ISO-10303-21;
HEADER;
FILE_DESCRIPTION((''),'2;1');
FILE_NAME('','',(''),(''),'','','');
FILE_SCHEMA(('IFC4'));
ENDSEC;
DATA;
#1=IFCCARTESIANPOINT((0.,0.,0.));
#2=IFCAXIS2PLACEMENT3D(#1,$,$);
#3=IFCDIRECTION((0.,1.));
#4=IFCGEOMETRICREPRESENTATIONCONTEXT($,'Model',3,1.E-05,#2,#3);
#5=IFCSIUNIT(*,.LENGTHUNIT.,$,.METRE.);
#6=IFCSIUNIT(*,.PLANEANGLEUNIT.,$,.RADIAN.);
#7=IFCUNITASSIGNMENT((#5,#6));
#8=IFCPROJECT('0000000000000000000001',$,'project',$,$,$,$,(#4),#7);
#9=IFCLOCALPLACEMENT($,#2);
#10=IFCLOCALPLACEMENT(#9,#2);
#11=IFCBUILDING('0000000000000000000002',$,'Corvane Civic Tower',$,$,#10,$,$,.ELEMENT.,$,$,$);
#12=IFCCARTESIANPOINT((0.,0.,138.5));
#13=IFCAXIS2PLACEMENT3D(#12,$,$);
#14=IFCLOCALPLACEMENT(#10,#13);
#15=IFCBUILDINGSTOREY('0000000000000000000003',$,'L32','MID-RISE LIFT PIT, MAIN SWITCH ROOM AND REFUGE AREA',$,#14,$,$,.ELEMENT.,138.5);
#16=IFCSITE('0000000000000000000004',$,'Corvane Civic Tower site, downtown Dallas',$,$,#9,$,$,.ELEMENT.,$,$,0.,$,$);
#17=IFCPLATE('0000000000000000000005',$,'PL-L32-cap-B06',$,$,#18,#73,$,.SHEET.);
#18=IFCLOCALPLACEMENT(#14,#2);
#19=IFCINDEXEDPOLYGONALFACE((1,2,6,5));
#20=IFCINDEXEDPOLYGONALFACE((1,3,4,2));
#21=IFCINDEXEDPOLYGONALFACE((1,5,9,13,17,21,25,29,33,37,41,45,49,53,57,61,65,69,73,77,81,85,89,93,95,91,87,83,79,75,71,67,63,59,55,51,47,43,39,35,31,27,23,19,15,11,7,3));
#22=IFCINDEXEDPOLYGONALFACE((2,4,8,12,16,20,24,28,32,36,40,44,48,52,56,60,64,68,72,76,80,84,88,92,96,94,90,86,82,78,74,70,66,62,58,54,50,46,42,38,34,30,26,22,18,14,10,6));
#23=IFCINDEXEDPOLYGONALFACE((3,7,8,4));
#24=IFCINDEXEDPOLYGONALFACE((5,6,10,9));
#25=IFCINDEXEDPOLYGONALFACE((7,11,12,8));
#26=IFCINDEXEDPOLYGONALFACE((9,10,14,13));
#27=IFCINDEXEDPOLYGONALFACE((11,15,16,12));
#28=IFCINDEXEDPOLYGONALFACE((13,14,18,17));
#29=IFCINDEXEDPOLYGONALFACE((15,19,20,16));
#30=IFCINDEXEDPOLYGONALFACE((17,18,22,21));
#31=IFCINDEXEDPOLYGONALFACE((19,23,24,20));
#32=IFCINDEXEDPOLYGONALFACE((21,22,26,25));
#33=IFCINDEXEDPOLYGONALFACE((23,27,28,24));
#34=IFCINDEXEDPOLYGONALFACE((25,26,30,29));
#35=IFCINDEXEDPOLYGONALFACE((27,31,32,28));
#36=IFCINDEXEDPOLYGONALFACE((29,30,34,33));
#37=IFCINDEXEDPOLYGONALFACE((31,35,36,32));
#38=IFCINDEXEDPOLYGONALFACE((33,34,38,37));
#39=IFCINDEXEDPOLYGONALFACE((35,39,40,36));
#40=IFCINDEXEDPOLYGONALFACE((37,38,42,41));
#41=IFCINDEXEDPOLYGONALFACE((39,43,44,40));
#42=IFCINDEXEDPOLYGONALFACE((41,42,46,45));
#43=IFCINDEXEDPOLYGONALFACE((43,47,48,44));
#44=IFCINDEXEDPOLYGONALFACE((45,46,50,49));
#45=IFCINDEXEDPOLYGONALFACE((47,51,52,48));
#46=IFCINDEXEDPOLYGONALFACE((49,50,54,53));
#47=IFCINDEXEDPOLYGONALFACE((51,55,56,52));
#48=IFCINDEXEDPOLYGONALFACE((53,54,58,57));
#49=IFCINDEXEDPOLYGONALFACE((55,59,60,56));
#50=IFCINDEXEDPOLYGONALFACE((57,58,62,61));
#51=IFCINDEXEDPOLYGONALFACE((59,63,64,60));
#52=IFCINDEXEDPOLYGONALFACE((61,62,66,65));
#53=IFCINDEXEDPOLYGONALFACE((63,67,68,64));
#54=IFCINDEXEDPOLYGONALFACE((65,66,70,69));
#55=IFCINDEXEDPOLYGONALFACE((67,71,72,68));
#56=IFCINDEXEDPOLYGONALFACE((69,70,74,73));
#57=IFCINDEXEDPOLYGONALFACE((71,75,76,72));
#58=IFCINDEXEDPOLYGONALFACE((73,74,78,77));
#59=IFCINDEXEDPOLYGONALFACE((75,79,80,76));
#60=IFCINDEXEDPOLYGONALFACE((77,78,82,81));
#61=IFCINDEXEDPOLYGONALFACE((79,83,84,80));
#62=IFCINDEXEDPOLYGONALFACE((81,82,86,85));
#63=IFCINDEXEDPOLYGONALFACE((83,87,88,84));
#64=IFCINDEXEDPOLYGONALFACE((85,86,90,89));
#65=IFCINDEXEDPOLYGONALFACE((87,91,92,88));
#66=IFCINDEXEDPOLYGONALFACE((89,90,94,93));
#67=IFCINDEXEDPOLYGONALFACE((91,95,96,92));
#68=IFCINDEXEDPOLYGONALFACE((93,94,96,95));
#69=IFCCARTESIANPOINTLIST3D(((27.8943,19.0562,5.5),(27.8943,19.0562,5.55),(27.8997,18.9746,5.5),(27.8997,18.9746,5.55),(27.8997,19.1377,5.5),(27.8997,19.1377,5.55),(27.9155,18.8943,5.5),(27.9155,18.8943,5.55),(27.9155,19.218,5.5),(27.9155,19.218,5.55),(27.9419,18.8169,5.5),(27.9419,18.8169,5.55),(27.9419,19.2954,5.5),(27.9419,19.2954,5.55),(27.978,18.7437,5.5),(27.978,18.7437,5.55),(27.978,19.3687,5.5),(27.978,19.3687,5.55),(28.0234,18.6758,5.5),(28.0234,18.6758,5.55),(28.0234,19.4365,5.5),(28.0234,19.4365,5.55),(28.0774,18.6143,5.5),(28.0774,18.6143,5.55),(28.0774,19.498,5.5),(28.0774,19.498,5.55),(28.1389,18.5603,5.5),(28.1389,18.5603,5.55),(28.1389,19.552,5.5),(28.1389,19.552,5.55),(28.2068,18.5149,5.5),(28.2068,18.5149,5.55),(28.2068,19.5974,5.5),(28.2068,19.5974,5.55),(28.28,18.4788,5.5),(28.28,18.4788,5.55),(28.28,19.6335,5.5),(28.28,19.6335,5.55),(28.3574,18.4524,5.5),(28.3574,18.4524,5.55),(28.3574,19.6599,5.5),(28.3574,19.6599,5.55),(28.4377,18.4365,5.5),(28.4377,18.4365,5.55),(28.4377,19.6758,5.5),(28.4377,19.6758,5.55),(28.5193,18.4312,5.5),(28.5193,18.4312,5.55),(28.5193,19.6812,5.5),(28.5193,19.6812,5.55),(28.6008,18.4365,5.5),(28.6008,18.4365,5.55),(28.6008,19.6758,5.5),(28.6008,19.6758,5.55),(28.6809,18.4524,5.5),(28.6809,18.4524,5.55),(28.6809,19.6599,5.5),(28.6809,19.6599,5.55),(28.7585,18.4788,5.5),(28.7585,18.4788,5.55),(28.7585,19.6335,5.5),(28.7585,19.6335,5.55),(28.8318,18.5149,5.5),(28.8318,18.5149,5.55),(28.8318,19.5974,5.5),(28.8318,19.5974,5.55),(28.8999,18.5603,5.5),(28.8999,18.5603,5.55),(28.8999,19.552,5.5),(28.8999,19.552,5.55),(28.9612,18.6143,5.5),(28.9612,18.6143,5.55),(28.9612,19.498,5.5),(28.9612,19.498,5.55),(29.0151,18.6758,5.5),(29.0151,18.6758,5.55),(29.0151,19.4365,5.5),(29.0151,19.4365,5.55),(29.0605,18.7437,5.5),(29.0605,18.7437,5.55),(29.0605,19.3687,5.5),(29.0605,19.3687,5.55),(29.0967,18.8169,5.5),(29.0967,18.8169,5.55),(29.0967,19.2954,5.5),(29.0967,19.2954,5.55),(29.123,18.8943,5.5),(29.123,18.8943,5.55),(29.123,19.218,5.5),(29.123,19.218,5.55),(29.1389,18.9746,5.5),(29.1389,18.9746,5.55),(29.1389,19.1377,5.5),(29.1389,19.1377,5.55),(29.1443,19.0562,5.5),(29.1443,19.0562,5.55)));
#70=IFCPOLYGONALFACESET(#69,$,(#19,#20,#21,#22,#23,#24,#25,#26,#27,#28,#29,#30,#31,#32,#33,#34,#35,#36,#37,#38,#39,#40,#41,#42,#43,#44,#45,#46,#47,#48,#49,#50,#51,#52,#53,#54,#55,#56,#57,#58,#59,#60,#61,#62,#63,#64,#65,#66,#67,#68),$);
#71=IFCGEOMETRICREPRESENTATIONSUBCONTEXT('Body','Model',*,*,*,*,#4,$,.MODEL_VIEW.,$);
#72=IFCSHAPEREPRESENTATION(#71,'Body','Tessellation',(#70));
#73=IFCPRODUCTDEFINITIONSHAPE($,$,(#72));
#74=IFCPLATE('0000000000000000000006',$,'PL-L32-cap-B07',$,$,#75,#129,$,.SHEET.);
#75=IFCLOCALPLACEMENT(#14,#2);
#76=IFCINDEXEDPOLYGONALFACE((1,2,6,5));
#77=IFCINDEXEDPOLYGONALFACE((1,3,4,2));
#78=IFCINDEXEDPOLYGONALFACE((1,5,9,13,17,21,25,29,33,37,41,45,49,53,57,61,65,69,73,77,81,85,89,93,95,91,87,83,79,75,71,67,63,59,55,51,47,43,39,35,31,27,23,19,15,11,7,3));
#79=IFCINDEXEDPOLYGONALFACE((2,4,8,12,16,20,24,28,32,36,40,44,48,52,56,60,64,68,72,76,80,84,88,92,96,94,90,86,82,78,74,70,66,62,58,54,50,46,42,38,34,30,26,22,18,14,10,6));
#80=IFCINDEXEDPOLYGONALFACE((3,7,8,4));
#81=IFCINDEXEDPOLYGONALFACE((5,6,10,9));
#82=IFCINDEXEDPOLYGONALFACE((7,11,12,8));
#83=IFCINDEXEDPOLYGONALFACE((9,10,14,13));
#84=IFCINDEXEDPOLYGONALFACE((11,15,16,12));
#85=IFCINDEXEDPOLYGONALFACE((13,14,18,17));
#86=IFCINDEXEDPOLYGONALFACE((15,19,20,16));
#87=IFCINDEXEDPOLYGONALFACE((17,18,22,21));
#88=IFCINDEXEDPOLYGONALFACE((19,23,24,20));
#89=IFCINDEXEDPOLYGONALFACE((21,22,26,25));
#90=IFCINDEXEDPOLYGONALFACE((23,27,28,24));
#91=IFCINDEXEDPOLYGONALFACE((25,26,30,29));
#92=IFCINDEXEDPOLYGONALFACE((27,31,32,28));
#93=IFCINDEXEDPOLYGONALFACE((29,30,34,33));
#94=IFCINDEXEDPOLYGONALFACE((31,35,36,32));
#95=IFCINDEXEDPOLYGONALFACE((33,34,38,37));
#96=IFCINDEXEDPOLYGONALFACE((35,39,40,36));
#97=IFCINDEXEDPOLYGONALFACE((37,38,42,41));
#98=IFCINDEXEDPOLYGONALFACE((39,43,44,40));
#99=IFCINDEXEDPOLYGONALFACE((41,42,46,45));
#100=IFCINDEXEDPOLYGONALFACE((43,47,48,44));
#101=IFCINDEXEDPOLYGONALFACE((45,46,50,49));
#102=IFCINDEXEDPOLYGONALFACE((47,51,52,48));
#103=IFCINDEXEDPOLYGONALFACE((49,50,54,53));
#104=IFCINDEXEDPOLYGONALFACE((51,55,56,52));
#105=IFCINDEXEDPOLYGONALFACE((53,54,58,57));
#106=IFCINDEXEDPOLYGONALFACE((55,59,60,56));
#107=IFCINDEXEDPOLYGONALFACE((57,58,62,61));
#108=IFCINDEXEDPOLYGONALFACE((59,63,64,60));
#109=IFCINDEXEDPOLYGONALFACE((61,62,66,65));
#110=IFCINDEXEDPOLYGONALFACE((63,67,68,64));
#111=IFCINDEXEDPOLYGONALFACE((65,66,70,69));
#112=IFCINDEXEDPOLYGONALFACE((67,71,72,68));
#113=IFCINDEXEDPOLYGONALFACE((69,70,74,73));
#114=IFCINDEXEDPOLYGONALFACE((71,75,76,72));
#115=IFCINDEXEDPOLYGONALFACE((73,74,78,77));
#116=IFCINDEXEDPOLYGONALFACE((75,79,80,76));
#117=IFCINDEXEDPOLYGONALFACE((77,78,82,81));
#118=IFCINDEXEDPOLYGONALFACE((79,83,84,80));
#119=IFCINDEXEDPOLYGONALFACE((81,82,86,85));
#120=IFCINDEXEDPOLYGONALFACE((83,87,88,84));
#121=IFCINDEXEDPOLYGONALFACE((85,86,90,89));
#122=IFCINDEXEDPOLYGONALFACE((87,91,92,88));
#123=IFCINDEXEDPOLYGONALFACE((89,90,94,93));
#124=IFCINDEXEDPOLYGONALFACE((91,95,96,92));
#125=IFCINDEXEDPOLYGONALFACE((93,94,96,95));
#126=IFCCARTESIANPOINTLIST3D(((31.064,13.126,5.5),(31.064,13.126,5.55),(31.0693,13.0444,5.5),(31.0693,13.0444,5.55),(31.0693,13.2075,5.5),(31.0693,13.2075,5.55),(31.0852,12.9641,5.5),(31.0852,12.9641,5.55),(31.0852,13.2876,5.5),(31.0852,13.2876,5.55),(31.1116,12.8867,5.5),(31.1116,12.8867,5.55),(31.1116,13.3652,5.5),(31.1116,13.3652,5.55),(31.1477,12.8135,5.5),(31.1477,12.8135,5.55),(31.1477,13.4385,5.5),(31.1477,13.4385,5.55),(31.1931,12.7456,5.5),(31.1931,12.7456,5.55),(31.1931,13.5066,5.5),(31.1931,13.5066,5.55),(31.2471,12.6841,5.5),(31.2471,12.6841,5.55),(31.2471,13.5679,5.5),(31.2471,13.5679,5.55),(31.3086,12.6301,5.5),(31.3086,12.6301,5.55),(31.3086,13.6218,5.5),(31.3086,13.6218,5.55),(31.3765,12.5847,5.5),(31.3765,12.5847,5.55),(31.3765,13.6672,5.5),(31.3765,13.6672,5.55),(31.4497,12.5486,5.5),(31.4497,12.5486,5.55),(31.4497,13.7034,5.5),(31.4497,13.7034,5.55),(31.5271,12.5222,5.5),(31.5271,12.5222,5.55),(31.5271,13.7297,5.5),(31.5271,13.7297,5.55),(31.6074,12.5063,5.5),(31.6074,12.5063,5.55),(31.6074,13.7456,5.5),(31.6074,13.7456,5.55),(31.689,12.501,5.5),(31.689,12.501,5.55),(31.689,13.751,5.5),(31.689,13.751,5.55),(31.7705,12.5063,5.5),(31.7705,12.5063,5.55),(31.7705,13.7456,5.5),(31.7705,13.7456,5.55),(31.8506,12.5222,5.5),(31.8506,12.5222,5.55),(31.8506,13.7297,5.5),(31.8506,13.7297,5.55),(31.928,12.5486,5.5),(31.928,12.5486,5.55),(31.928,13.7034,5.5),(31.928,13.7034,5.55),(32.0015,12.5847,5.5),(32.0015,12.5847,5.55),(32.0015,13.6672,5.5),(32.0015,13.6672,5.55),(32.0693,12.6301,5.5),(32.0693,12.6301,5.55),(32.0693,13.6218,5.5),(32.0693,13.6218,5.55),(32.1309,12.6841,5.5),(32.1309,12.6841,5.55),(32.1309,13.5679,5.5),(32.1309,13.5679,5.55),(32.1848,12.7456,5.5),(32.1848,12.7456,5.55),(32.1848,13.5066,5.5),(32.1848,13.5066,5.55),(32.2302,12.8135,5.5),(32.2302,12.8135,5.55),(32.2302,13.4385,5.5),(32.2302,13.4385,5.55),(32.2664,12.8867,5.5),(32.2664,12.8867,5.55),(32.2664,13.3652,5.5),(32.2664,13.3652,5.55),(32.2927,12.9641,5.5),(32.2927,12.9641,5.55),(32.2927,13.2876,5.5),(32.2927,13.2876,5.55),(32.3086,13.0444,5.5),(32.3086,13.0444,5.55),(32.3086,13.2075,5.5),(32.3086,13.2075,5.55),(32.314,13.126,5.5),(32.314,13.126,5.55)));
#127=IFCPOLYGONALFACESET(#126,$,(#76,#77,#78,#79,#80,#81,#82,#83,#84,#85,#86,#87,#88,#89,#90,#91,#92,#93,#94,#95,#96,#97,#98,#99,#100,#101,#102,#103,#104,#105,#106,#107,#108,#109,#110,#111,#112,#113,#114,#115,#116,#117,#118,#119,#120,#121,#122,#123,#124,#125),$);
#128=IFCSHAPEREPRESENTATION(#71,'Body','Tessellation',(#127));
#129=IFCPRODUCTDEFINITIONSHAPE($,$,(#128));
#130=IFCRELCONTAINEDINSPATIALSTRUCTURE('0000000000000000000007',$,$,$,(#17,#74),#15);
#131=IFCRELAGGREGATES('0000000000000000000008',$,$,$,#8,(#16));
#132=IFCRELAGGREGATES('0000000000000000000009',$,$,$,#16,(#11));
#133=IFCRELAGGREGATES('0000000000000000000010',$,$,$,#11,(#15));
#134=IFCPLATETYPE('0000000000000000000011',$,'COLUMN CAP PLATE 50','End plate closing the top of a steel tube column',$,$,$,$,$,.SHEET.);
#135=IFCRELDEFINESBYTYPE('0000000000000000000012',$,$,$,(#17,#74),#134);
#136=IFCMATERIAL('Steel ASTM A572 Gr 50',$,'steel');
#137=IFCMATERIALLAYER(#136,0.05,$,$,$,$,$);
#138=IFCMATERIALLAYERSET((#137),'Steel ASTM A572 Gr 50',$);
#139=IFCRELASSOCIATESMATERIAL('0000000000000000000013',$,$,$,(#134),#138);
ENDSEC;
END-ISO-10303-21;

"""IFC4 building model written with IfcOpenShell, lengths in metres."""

from ifc_helpers import new_model, si_unit, direction, frame, origin, place, context, subcontext, project, spatial, polyline, outline, extrude, material, layer, layer_set, type_object, element, save


model = new_model("IFC4")

# Units and contexts
model_context = context("Model", 3, precision=1e-05, world=origin(), true_north=direction((0.0, 1.0)))
body_context = subcontext(model_context, "Body", "Model", "MODEL_VIEW")
ifc_project = project(units=[si_unit("LENGTHUNIT", "METRE"), si_unit("PLANEANGLEUNIT", "RADIAN")], contexts=[model_context])

# Site, building, storey
site_placement = place(None, origin())
site = spatial("IfcSite", under=ifc_project, at=site_placement, Name="Corvane Civic Tower site, downtown Dallas", CompositionType="ELEMENT", RefElevation=0.0)
building_placement = place(site_placement, origin())
building = spatial("IfcBuilding", under=site, at=building_placement, Name="Corvane Civic Tower", CompositionType="ELEMENT")
storey_placement = place(building_placement, frame((0.0, 0.0, 138.5)))
storey = spatial("IfcBuildingStorey", under=building, at=storey_placement, Name="L32", Description="MID-RISE LIFT PIT, MAIN SWITCH ROOM AND REFUGE AREA", CompositionType="ELEMENT", Elevation=138.5)

# Plates
ifc_material_1 = material(Name="Steel ASTM A572 Gr 50", Category="steel")
ifc_layer_1 = layer(ifc_material_1, 0.05)
ifc_layer_set_1 = layer_set([ifc_layer_1], Name="Steel ASTM A572 Gr 50")
plate_type = type_object("IfcPlateType", Name="COLUMN CAP PLATE 50", Description="End plate closing the top of a steel tube column", PredefinedType="SHEET", material=ifc_layer_set_1)
plate_1_placement = place(storey_placement, frame((0.0, 0.0, 5.5)))
element("IfcPlate", 1, at=plate_1_placement, inside=storey, type_object=plate_type, Name="PL-L32-cap-B06", PredefinedType="SHEET", context=body_context, shape_type="SweptSolid", body=[
    extrude(outline(polyline([(29.1443, 19.0562), (29.1389, 19.1377), (29.123, 19.218), (29.0967, 19.2954), (29.0605, 19.3687), (29.0151, 19.4365), (28.9612, 19.498), (28.8999, 19.552), (28.8318, 19.5974), (28.7585, 19.6335), (28.6809, 19.6599), (28.6008, 19.6758), (28.5193, 19.6812), (28.4377, 19.6758), (28.3574, 19.6599), (28.28, 19.6335), (28.2068, 19.5974), (28.1389, 19.552), (28.0774, 19.498), (28.0234, 19.4365), (27.978, 19.3687), (27.9419, 19.2954), (27.9155, 19.218), (27.8997, 19.1377), (27.8943, 19.0562), (27.8997, 18.9746), (27.9155, 18.8943), (27.9419, 18.8169), (27.978, 18.7437), (28.0234, 18.6758), (28.0774, 18.6143), (28.1389, 18.5603), (28.2068, 18.5149), (28.28, 18.4788), (28.3574, 18.4524), (28.4377, 18.4365), (28.5193, 18.4312), (28.6008, 18.4365), (28.6809, 18.4524), (28.7585, 18.4788), (28.8318, 18.5149), (28.8999, 18.5603), (28.9612, 18.6143), (29.0151, 18.6758), (29.0605, 18.7437), (29.0967, 18.8169), (29.123, 18.8943), (29.1389, 18.9746), (29.1443, 19.0562)])), origin(), (0.0, 0.0, 1.0), 0.05),
])
plate_2_placement = place(storey_placement, frame((0.0, 0.0, 5.5)))
element("IfcPlate", 2, at=plate_2_placement, inside=storey, type_object=plate_type, Name="PL-L32-cap-B07", PredefinedType="SHEET", context=body_context, shape_type="SweptSolid", body=[
    extrude(outline(polyline([(32.314, 13.126), (32.3086, 13.2075), (32.2927, 13.2876), (32.2664, 13.3652), (32.2302, 13.4385), (32.1848, 13.5066), (32.1309, 13.5679), (32.0693, 13.6218), (32.0015, 13.6672), (31.928, 13.7034), (31.8506, 13.7297), (31.7705, 13.7456), (31.689, 13.751), (31.6074, 13.7456), (31.5271, 13.7297), (31.4497, 13.7034), (31.3765, 13.6672), (31.3086, 13.6218), (31.2471, 13.5679), (31.1931, 13.5066), (31.1477, 13.4385), (31.1116, 13.3652), (31.0852, 13.2876), (31.0693, 13.2075), (31.064, 13.126), (31.0693, 13.0444), (31.0852, 12.9641), (31.1116, 12.8867), (31.1477, 12.8135), (31.1931, 12.7456), (31.2471, 12.6841), (31.3086, 12.6301), (31.3765, 12.5847), (31.4497, 12.5486), (31.5271, 12.5222), (31.6074, 12.5063), (31.689, 12.501), (31.7705, 12.5063), (31.8506, 12.5222), (31.928, 12.5486), (32.0015, 12.5847), (32.0693, 12.6301), (32.1309, 12.6841), (32.1848, 12.7456), (32.2302, 12.8135), (32.2664, 12.8867), (32.2927, 12.9641), (32.3086, 13.0444), (32.314, 13.126)])), origin(), (0.0, 0.0, 1.0), 0.05),
])

save(model, "model.ifc")
